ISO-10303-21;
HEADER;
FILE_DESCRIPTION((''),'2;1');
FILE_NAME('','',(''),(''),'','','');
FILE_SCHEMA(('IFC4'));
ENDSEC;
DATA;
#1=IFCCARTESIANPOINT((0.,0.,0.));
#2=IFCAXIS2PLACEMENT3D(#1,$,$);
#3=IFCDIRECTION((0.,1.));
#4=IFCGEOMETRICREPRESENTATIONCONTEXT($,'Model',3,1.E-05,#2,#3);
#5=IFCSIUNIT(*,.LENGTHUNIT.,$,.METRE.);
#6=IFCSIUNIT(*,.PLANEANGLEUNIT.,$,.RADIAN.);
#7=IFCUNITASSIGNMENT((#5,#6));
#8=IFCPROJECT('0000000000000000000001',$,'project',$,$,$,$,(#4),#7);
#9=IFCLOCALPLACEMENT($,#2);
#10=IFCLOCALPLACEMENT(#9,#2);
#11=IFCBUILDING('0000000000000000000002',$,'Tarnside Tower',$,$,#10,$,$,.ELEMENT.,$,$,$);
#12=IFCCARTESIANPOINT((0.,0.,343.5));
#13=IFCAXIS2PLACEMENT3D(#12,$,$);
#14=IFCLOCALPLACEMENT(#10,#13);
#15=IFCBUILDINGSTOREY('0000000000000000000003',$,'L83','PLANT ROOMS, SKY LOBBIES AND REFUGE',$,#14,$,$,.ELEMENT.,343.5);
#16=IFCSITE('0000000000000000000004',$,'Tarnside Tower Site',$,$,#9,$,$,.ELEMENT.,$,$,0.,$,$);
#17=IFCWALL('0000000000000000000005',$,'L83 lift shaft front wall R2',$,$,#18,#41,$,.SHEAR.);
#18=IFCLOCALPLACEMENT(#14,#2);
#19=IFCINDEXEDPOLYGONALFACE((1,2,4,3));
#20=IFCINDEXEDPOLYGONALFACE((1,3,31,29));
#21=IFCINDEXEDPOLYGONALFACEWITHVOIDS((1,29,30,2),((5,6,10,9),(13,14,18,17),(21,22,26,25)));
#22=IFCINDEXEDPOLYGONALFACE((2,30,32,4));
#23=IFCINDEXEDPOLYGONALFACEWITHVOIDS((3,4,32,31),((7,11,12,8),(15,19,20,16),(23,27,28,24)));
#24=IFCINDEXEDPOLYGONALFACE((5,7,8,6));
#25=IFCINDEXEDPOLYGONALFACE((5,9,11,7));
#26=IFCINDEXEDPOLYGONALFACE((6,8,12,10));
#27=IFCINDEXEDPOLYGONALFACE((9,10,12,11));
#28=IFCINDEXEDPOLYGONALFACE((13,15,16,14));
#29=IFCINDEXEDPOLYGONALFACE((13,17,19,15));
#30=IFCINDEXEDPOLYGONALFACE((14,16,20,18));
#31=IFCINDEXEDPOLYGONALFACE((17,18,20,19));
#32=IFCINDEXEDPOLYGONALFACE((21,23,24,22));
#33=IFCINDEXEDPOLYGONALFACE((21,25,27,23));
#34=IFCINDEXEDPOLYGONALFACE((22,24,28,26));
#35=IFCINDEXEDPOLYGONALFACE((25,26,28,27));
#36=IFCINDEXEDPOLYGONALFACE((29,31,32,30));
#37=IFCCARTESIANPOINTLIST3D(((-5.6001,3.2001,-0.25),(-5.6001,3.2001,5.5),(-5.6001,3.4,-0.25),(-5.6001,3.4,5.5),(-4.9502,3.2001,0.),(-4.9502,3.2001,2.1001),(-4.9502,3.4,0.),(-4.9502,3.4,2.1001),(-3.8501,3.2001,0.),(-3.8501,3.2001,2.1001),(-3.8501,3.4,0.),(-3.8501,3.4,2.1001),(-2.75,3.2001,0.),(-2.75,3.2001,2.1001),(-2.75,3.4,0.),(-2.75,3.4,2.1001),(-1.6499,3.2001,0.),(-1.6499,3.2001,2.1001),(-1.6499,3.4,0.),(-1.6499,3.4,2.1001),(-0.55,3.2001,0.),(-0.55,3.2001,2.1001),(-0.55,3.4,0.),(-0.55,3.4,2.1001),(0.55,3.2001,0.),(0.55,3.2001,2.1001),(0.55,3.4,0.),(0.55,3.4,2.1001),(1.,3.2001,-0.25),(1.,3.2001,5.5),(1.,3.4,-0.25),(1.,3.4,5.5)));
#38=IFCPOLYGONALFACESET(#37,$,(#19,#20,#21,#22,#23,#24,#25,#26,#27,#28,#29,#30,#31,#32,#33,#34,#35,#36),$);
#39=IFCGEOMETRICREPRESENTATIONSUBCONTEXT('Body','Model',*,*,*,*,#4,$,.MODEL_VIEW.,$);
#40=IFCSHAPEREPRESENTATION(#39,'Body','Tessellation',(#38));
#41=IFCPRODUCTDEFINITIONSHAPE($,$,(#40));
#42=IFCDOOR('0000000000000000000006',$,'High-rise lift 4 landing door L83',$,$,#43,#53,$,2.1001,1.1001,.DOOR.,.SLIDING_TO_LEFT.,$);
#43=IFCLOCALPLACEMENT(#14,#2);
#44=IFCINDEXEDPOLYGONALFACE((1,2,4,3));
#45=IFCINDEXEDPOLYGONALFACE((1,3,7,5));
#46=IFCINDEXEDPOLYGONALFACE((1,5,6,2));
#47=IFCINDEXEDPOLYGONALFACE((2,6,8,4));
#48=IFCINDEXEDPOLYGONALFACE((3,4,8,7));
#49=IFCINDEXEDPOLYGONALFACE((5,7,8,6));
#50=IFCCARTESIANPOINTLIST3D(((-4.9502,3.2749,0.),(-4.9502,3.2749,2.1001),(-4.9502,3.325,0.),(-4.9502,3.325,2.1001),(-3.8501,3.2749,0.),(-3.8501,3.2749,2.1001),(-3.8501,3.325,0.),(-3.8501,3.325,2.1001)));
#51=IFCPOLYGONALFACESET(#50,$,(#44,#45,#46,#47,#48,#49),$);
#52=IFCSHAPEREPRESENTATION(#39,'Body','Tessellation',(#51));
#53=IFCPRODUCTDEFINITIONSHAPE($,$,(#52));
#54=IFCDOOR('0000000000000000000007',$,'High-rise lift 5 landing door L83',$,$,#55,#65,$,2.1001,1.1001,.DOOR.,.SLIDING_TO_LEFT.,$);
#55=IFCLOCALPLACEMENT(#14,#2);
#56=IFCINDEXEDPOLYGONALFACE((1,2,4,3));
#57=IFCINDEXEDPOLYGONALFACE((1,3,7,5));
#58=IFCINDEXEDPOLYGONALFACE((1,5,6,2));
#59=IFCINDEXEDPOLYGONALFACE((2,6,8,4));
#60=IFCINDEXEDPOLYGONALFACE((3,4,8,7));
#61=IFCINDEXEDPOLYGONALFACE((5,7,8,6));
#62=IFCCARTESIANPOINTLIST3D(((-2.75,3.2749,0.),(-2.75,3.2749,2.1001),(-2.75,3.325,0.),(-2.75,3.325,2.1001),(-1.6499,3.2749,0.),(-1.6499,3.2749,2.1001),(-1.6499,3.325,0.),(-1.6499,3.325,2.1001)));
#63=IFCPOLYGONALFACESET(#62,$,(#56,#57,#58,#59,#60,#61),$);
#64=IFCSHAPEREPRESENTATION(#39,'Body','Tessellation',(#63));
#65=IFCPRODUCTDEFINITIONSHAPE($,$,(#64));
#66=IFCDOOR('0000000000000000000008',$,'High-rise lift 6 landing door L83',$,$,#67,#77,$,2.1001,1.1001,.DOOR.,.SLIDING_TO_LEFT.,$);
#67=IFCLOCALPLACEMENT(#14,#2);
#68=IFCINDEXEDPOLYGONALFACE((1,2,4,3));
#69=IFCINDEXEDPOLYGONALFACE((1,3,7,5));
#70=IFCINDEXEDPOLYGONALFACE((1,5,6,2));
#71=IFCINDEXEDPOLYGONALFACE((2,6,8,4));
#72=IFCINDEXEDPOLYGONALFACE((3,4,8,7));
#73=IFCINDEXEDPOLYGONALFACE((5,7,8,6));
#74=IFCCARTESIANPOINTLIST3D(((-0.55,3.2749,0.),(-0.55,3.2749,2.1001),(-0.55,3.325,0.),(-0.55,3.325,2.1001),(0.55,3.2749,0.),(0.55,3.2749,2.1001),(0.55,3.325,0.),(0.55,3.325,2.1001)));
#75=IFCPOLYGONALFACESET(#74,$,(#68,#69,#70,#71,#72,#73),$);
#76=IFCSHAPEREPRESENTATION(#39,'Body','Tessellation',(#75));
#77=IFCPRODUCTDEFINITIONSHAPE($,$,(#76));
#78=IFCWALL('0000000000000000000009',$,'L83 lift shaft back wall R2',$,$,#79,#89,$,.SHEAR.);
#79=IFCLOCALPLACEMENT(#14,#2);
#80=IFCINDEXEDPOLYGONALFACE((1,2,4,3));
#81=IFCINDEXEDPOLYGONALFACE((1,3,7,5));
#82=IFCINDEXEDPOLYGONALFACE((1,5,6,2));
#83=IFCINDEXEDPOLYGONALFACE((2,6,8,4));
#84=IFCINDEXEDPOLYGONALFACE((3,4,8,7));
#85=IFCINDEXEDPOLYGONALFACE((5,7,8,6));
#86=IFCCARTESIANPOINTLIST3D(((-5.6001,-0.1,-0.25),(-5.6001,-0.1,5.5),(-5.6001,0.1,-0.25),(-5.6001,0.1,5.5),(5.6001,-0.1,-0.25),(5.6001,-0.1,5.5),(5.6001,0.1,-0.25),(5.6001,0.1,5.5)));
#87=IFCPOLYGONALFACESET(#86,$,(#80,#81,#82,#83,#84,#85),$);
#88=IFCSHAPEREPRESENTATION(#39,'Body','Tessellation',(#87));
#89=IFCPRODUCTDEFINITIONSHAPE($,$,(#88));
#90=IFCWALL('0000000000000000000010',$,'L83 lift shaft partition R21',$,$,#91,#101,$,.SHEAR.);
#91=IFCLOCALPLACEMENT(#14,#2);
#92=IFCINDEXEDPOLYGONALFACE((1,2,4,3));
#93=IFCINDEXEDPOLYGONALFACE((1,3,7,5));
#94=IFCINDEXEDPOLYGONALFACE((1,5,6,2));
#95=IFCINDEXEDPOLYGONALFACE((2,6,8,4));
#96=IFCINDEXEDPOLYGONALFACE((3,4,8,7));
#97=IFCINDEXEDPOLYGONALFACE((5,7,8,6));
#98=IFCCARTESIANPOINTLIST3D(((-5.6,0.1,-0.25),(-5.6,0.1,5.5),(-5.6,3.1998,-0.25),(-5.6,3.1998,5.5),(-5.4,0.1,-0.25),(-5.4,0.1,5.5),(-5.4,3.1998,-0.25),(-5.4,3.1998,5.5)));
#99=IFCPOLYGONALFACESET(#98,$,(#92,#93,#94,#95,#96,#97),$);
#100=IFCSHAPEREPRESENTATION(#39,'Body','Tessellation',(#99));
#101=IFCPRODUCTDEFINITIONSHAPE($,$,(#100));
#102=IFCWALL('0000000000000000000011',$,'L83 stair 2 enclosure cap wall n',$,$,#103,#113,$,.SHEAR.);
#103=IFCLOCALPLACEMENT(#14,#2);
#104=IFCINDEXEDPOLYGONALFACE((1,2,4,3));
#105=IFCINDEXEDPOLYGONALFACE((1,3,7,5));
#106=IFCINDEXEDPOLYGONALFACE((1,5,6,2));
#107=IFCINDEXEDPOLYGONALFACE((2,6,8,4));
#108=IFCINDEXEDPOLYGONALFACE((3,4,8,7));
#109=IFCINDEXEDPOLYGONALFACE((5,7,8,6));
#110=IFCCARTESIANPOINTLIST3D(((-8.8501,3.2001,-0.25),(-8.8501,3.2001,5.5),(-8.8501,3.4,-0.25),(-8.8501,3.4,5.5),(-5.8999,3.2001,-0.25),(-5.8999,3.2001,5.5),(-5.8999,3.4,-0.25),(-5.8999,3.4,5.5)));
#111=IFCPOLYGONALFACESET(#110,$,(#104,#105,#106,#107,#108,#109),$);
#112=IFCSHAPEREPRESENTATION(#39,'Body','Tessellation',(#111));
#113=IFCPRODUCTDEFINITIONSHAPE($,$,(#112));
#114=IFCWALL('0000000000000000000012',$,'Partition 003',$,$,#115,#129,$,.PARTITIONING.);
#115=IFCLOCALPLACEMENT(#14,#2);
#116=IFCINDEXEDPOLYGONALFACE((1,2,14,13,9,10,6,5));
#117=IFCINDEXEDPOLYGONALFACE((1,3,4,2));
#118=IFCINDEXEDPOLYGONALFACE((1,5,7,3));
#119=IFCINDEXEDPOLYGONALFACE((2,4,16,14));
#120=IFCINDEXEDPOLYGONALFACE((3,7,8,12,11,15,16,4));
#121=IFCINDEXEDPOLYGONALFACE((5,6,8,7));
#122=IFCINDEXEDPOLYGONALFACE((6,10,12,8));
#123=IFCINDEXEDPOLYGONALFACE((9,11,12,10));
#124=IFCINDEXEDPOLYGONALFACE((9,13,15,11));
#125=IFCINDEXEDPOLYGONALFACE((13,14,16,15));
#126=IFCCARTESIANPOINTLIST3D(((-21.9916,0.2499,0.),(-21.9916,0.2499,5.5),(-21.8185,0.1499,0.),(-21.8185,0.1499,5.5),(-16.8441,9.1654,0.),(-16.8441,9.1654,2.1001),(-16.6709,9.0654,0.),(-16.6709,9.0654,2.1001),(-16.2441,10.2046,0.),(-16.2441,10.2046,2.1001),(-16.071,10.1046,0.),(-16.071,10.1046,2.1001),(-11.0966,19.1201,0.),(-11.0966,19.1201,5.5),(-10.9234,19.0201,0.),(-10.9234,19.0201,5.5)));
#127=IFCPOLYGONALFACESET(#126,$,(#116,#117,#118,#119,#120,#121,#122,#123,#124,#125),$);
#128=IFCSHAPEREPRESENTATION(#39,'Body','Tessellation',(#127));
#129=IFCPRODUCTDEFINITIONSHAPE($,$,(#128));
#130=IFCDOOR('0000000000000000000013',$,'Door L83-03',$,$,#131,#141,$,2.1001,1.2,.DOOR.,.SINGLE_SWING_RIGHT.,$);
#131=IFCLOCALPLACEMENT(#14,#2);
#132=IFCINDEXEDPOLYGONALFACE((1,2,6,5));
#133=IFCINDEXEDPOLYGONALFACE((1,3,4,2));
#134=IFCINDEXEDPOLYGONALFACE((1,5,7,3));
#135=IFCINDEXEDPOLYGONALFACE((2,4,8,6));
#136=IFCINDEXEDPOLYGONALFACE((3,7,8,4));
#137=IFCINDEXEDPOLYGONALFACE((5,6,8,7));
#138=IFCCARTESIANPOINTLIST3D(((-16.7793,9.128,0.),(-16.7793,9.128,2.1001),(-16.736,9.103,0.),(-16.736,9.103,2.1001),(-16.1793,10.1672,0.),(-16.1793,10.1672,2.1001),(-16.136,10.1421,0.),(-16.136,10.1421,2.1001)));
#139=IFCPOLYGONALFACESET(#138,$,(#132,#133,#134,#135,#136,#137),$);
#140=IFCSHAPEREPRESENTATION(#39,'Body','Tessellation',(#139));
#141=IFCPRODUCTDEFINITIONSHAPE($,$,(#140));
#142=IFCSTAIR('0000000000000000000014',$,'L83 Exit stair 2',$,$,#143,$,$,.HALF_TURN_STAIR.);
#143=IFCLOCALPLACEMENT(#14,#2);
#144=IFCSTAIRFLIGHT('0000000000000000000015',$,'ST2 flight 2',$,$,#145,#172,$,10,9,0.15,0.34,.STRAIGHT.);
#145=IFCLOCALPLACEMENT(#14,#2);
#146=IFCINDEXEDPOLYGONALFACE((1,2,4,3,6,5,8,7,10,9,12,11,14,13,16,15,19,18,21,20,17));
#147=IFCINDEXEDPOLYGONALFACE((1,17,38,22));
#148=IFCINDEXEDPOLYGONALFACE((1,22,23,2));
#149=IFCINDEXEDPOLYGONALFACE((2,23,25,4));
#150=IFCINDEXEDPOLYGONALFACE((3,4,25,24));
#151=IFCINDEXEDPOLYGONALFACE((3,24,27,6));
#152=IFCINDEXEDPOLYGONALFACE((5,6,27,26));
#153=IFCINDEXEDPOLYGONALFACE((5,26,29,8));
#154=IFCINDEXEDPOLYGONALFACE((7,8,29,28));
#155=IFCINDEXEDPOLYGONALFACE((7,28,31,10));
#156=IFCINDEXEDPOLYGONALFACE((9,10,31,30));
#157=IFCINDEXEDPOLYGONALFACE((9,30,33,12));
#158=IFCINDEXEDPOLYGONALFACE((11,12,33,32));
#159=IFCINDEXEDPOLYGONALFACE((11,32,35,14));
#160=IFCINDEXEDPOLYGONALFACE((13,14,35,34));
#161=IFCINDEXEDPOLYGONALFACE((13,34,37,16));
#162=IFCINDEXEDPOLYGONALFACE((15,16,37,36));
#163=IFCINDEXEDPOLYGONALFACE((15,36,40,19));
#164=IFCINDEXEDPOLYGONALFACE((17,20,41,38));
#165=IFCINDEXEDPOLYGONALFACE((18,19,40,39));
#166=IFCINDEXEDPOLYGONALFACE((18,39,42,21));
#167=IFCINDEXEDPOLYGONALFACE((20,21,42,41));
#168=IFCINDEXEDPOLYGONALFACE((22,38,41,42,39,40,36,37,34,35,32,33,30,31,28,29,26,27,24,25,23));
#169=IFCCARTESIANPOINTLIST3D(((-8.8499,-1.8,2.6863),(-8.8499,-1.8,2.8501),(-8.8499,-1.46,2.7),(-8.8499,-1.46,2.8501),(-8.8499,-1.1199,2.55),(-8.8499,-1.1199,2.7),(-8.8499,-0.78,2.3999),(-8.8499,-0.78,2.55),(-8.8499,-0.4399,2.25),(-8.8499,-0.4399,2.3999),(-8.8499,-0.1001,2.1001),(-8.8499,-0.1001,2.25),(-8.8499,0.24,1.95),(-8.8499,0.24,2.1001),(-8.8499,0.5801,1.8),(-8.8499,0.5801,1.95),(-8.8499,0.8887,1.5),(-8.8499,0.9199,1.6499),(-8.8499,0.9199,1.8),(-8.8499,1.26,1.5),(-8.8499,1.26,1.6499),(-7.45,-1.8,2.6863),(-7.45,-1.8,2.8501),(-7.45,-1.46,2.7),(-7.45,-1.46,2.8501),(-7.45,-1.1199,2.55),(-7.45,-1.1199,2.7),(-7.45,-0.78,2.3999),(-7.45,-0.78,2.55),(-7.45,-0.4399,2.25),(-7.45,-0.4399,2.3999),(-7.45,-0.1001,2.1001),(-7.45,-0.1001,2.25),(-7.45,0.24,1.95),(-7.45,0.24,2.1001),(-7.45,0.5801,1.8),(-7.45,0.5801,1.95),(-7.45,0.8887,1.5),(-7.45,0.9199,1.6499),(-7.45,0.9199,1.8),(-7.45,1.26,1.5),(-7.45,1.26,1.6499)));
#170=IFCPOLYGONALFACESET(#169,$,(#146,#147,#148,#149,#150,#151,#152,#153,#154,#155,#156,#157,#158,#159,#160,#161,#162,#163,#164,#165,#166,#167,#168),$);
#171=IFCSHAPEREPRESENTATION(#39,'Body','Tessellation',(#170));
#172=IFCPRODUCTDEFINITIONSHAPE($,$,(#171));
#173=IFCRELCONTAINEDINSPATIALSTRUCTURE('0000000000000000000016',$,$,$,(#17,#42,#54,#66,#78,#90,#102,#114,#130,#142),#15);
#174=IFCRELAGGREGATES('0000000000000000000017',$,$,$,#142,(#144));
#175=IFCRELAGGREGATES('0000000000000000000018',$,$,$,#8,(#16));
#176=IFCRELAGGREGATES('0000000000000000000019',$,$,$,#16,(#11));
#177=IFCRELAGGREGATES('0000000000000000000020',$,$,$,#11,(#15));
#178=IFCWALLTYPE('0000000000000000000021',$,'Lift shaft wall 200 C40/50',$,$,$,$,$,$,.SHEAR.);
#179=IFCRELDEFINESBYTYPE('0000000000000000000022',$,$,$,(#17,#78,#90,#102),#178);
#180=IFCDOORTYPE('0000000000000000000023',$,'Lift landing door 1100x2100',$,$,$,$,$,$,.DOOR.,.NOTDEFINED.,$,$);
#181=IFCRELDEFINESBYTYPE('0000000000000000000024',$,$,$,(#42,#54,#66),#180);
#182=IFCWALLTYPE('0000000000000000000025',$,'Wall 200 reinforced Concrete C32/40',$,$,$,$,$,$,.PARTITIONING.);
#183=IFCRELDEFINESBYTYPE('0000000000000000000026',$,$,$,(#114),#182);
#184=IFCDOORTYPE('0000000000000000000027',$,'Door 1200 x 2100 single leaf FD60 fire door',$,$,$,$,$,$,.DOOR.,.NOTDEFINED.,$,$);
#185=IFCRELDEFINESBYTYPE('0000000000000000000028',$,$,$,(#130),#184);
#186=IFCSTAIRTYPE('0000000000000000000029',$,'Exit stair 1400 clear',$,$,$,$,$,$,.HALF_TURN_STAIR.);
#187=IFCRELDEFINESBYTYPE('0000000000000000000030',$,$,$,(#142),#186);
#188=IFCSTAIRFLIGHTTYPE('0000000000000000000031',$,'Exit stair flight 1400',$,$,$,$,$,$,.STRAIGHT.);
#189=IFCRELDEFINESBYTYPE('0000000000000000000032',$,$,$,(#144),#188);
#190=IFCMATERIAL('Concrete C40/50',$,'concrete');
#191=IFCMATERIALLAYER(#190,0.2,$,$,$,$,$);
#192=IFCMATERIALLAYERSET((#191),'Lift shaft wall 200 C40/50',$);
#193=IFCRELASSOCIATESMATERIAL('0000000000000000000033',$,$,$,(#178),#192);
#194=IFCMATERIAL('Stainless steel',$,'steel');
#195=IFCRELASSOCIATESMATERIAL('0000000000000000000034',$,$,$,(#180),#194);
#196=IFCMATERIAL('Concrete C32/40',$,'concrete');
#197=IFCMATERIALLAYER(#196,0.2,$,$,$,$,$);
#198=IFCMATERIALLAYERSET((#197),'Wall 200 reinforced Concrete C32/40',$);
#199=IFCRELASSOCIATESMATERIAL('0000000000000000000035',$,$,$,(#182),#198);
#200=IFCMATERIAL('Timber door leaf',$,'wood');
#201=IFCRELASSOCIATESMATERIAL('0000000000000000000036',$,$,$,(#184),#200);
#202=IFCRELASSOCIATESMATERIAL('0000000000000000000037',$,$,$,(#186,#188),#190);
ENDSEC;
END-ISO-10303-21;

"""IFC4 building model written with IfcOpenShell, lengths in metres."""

from ifc_helpers import new_model, si_unit, direction, frame, frame_2d, origin, place, context, subcontext, project, spatial, polyline, rectangle, outline, extrude, material, layer, layer_set, type_object, element, fill, aggregate, save


model = new_model("IFC4")

# Units and contexts
model_context = context("Model", 3, precision=1e-05, world=origin(), true_north=direction((0.0, 1.0)))
body_context = subcontext(model_context, "Body", "Model", "MODEL_VIEW")
ifc_project = project(units=[si_unit("LENGTHUNIT", "METRE"), si_unit("PLANEANGLEUNIT", "RADIAN")], contexts=[model_context])

# Site, building, storey
site_placement = place(None, origin())
site = spatial("IfcSite", under=ifc_project, at=site_placement, Name="Tarnside Tower Site", CompositionType="ELEMENT", RefElevation=0.0)
building_placement = place(site_placement, origin())
building = spatial("IfcBuilding", under=site, at=building_placement, Name="Tarnside Tower", CompositionType="ELEMENT")
storey_placement = place(building_placement, frame((0.0, 0.0, 343.5)))
storey = spatial("IfcBuildingStorey", under=building, at=storey_placement, Name="L83", Description="PLANT ROOMS, SKY LOBBIES AND REFUGE", CompositionType="ELEMENT", Elevation=343.5)

# Shared definitions
ifc_material_1 = material(Name="Concrete C40/50", Category="concrete")
ifc_layer_1 = layer(ifc_material_1, 0.2)
ifc_layer_set_1 = layer_set([ifc_layer_1], Name="Lift shaft wall 200 C40/50")
wall_type_1 = type_object("IfcWallType", Name="Lift shaft wall 200 C40/50", PredefinedType="SHEAR", material=ifc_layer_set_1)
ifc_material_2 = material(Name="Stainless steel", Category="steel")
door_type_1 = type_object("IfcDoorType", Name="Lift landing door 1100x2100", OperationType="NOTDEFINED", PredefinedType="DOOR", material=ifc_material_2)

# Wall, openings, doors
wall_1_placement = place(storey_placement, frame((-5.6001, 3.3, -0.25), z_axis=(0.0, 0.0, 1.0), x_axis=(1.0, 0.0, 0.0)))
wall_1 = element("IfcWall", 1, at=wall_1_placement, inside=storey, type_object=wall_type_1, Name="L83 lift shaft front wall R2", PredefinedType="SHEAR", context=body_context, shape_type="SweptSolid", body=[
    extrude(rectangle(XDim=6.6001, YDim=0.2, at=frame_2d((3.3, 0.0))), origin(), (0.0, 0.0, 1.0), 5.75),
])
opening_1_placement = place(wall_1_placement, frame((0.6499, 0.0, 0.25)))
opening_1 = element("IfcOpeningElement", 2, at=opening_1_placement, cuts=wall_1, PredefinedType="OPENING", context=body_context, shape_type="SweptSolid", body=[
    extrude(rectangle(XDim=1.1001, YDim=2.1001, at=frame_2d((0.55, 1.05))), frame((0.0, 0.1099, 0.0), z_axis=(0.0, -1.0, 0.0), x_axis=(1.0, 0.0, 0.0)), (0.0, 0.0, 1.0), 0.22),
])
opening_2_placement = place(wall_1_placement, frame((2.8501, 0.0, 0.25)))
opening_2 = element("IfcOpeningElement", 3, at=opening_2_placement, cuts=wall_1, PredefinedType="OPENING", context=body_context, shape_type="SweptSolid", body=[
    extrude(rectangle(XDim=1.1001, YDim=2.1001, at=frame_2d((0.55, 1.05))), frame((0.0, 0.1099, 0.0), z_axis=(0.0, -1.0, 0.0), x_axis=(1.0, 0.0, 0.0)), (0.0, 0.0, 1.0), 0.22),
])
opening_3_placement = place(wall_1_placement, frame((5.05, 0.0, 0.25)))
opening_3 = element("IfcOpeningElement", 4, at=opening_3_placement, cuts=wall_1, PredefinedType="OPENING", context=body_context, shape_type="SweptSolid", body=[
    extrude(rectangle(XDim=1.1001, YDim=2.1001, at=frame_2d((0.55, 1.05))), frame((0.0, 0.1099, 0.0), z_axis=(0.0, -1.0, 0.0), x_axis=(1.0, 0.0, 0.0)), (0.0, 0.0, 1.0), 0.22),
])
door_1_placement = place(opening_1_placement, origin())
door_1 = element("IfcDoor", 5, at=door_1_placement, inside=storey, type_object=door_type_1, Name="High-rise lift 4 landing door L83", OperationType="SLIDING_TO_LEFT", OverallHeight=2.1001, OverallWidth=1.1001, PredefinedType="DOOR", context=body_context, shape_type="SweptSolid", body=[
    extrude(rectangle(XDim=1.1001, YDim=2.1001, at=frame_2d((0.55, 1.05))), frame((0.0, 0.0249, 0.0), z_axis=(0.0, -1.0, 0.0), x_axis=(1.0, 0.0, 0.0)), (0.0, 0.0, 1.0), 0.05),
])
fill(opening_1, door_1)
door_2_placement = place(opening_2_placement, origin())
door_2 = element("IfcDoor", 6, at=door_2_placement, inside=storey, type_object=door_type_1, Name="High-rise lift 5 landing door L83", OperationType="SLIDING_TO_LEFT", OverallHeight=2.1001, OverallWidth=1.1001, PredefinedType="DOOR", context=body_context, shape_type="SweptSolid", body=[
    extrude(rectangle(XDim=1.1001, YDim=2.1001, at=frame_2d((0.55, 1.05))), frame((0.0, 0.0249, 0.0), z_axis=(0.0, -1.0, 0.0), x_axis=(1.0, 0.0, 0.0)), (0.0, 0.0, 1.0), 0.05),
])
fill(opening_2, door_2)
door_3_placement = place(opening_3_placement, origin())
door_3 = element("IfcDoor", 7, at=door_3_placement, inside=storey, type_object=door_type_1, Name="High-rise lift 6 landing door L83", OperationType="SLIDING_TO_LEFT", OverallHeight=2.1001, OverallWidth=1.1001, PredefinedType="DOOR", context=body_context, shape_type="SweptSolid", body=[
    extrude(rectangle(XDim=1.1001, YDim=2.1001, at=frame_2d((0.55, 1.05))), frame((0.0, 0.0249, 0.0), z_axis=(0.0, -1.0, 0.0), x_axis=(1.0, 0.0, 0.0)), (0.0, 0.0, 1.0), 0.05),
])
fill(opening_3, door_3)

# Walls
wall_2_placement = place(storey_placement, frame((-5.6001, 0.0, -0.25), z_axis=(0.0, 0.0, 1.0), x_axis=(1.0, 0.0, 0.0)))
element("IfcWall", 8, at=wall_2_placement, inside=storey, type_object=wall_type_1, Name="L83 lift shaft back wall R2", PredefinedType="SHEAR", context=body_context, shape_type="SweptSolid", body=[
    extrude(rectangle(XDim=11.2002, YDim=0.2, at=frame_2d((5.6001, 0.0))), origin(), (0.0, 0.0, 1.0), 5.75),
])
wall_3_placement = place(storey_placement, frame((-5.5, 0.1001, -0.25), z_axis=(0.0, 0.0, 1.0), x_axis=(0.0, 1.0, 0.0)))
element("IfcWall", 9, at=wall_3_placement, inside=storey, type_object=wall_type_1, Name="L83 lift shaft partition R21", PredefinedType="SHEAR", context=body_context, shape_type="SweptSolid", body=[
    extrude(rectangle(XDim=3.0999, YDim=0.2, at=frame_2d((1.5498, 0.0))), origin(), (0.0, 0.0, 1.0), 5.75),
])
wall_4_placement = place(storey_placement, frame((-8.8501, 3.3, -0.25), z_axis=(0.0, 0.0, 1.0), x_axis=(1.0, 0.0, 0.0)))
element("IfcWall", 10, at=wall_4_placement, inside=storey, type_object=wall_type_1, Name="L83 stair 2 enclosure cap wall n", PredefinedType="SHEAR", context=body_context, shape_type="SweptSolid", body=[
    extrude(rectangle(XDim=2.9502, YDim=0.2, at=frame_2d((1.4751, 0.0))), origin(), (0.0, 0.0, 1.0), 5.75),
])

# Wall, opening, door
ifc_material_3 = material(Name="Concrete C32/40", Category="concrete")
ifc_layer_2 = layer(ifc_material_3, 0.2)
ifc_layer_set_2 = layer_set([ifc_layer_2], Name="Wall 200 reinforced Concrete C32/40")
wall_type_2 = type_object("IfcWallType", Name="Wall 200 reinforced Concrete C32/40", PredefinedType="PARTITIONING", material=ifc_layer_set_2)
wall_5_placement = place(storey_placement, frame((-11.01, 19.0701, 0.0), z_axis=(0.0, 0.0, 1.0), x_axis=(-0.500012, -0.866018, 0.0)))
wall_5 = element("IfcWall", 11, at=wall_5_placement, inside=storey, type_object=wall_type_2, Name="Partition 003", PredefinedType="PARTITIONING", context=body_context, shape_type="SweptSolid", body=[
    extrude(rectangle(XDim=21.7896, YDim=0.2, at=frame_2d((10.8948, 0.0))), origin(), (0.0, 0.0, 1.0), 5.5),
])
opening_4_placement = place(wall_5_placement, frame((10.2947, 0.0, 0.0)))
opening_4 = element("IfcOpeningElement", 12, at=opening_4_placement, cuts=wall_5, PredefinedType="OPENING", context=body_context, shape_type="SweptSolid", body=[
    extrude(rectangle(XDim=1.2, YDim=2.1001, at=frame_2d((0.6001, 1.05))), frame((0.0, 0.1099, 0.0), z_axis=(0.0, -1.0, 0.0), x_axis=(1.0, 0.0, 0.0)), (0.0, 0.0, 1.0), 0.22),
])
ifc_material_4 = material(Name="Timber door leaf", Category="wood")
door_type_2 = type_object("IfcDoorType", Name="Door 1200 x 2100 single leaf FD60 fire door", OperationType="NOTDEFINED", PredefinedType="DOOR", material=ifc_material_4)
door_4_placement = place(opening_4_placement, origin())
door_4 = element("IfcDoor", 13, at=door_4_placement, inside=storey, type_object=door_type_2, Name="Door L83-03", OperationType="SINGLE_SWING_RIGHT", OverallHeight=2.1001, OverallWidth=1.2, PredefinedType="DOOR", context=body_context, shape_type="SweptSolid", body=[
    extrude(rectangle(XDim=1.2, YDim=2.1001, at=frame_2d((0.6001, 1.05))), frame((0.0, 0.0249, 0.0), z_axis=(0.0, -1.0, 0.0), x_axis=(1.0, 0.0, 0.0)), (0.0, 0.0, 1.0), 0.05),
])
fill(opening_4, door_4)

# Stair, stair flight
stair_type = type_object("IfcStairType", Name="Exit stair 1400 clear", PredefinedType="HALF_TURN_STAIR", material=ifc_material_1)
stair_placement = place(storey_placement, origin())
stair = element("IfcStair", 14, at=stair_placement, inside=storey, type_object=stair_type, Name="L83 Exit stair 2", PredefinedType="HALF_TURN_STAIR")
stair_flight_type = type_object("IfcStairFlightType", Name="Exit stair flight 1400", PredefinedType="STRAIGHT", material=ifc_material_1)
stair_flight_1_placement = place(storey_placement, frame((-8.1499, 1.26, 1.5), z_axis=(0.0, 0.0, 1.0), x_axis=(0.0, -1.0, 0.0)))
stair_flight_1 = element("IfcStairFlight", 15, at=stair_flight_1_placement, type_object=stair_flight_type, Name="ST2 flight 2", NumberOfRisers=10, NumberOfTreads=9, PredefinedType="STRAIGHT", RiserHeight=0.15, TreadLength=0.34, context=body_context, shape_type="SweptSolid", body=[
    extrude(outline(polyline([(0.0, 0.0), (0.0, 0.1499), (0.3401, 0.1499), (0.3401, 0.3), (0.6799, 0.3), (0.6799, 0.45), (1.02, 0.45), (1.02, 0.6001), (1.3601, 0.6001), (1.3601, 0.75), (1.7, 0.75), (1.7, 0.8999), (2.04, 0.8999), (2.04, 1.05), (2.3799, 1.05), (2.3799, 1.2), (2.72, 1.2), (2.72, 1.3501), (3.0601, 1.3501), (3.0601, 1.5), (3.0601, 1.1863), (0.3713, 0.0), (0.0, 0.0)])), frame((0.0, 0.7, 0.0), z_axis=(0.0, -1.0, 0.0), x_axis=(1.0, 0.0, 0.0)), (0.0, 0.0, 1.0), 1.3999),
])
aggregate(stair, [stair_flight_1])

save(model, "model.ifc")
